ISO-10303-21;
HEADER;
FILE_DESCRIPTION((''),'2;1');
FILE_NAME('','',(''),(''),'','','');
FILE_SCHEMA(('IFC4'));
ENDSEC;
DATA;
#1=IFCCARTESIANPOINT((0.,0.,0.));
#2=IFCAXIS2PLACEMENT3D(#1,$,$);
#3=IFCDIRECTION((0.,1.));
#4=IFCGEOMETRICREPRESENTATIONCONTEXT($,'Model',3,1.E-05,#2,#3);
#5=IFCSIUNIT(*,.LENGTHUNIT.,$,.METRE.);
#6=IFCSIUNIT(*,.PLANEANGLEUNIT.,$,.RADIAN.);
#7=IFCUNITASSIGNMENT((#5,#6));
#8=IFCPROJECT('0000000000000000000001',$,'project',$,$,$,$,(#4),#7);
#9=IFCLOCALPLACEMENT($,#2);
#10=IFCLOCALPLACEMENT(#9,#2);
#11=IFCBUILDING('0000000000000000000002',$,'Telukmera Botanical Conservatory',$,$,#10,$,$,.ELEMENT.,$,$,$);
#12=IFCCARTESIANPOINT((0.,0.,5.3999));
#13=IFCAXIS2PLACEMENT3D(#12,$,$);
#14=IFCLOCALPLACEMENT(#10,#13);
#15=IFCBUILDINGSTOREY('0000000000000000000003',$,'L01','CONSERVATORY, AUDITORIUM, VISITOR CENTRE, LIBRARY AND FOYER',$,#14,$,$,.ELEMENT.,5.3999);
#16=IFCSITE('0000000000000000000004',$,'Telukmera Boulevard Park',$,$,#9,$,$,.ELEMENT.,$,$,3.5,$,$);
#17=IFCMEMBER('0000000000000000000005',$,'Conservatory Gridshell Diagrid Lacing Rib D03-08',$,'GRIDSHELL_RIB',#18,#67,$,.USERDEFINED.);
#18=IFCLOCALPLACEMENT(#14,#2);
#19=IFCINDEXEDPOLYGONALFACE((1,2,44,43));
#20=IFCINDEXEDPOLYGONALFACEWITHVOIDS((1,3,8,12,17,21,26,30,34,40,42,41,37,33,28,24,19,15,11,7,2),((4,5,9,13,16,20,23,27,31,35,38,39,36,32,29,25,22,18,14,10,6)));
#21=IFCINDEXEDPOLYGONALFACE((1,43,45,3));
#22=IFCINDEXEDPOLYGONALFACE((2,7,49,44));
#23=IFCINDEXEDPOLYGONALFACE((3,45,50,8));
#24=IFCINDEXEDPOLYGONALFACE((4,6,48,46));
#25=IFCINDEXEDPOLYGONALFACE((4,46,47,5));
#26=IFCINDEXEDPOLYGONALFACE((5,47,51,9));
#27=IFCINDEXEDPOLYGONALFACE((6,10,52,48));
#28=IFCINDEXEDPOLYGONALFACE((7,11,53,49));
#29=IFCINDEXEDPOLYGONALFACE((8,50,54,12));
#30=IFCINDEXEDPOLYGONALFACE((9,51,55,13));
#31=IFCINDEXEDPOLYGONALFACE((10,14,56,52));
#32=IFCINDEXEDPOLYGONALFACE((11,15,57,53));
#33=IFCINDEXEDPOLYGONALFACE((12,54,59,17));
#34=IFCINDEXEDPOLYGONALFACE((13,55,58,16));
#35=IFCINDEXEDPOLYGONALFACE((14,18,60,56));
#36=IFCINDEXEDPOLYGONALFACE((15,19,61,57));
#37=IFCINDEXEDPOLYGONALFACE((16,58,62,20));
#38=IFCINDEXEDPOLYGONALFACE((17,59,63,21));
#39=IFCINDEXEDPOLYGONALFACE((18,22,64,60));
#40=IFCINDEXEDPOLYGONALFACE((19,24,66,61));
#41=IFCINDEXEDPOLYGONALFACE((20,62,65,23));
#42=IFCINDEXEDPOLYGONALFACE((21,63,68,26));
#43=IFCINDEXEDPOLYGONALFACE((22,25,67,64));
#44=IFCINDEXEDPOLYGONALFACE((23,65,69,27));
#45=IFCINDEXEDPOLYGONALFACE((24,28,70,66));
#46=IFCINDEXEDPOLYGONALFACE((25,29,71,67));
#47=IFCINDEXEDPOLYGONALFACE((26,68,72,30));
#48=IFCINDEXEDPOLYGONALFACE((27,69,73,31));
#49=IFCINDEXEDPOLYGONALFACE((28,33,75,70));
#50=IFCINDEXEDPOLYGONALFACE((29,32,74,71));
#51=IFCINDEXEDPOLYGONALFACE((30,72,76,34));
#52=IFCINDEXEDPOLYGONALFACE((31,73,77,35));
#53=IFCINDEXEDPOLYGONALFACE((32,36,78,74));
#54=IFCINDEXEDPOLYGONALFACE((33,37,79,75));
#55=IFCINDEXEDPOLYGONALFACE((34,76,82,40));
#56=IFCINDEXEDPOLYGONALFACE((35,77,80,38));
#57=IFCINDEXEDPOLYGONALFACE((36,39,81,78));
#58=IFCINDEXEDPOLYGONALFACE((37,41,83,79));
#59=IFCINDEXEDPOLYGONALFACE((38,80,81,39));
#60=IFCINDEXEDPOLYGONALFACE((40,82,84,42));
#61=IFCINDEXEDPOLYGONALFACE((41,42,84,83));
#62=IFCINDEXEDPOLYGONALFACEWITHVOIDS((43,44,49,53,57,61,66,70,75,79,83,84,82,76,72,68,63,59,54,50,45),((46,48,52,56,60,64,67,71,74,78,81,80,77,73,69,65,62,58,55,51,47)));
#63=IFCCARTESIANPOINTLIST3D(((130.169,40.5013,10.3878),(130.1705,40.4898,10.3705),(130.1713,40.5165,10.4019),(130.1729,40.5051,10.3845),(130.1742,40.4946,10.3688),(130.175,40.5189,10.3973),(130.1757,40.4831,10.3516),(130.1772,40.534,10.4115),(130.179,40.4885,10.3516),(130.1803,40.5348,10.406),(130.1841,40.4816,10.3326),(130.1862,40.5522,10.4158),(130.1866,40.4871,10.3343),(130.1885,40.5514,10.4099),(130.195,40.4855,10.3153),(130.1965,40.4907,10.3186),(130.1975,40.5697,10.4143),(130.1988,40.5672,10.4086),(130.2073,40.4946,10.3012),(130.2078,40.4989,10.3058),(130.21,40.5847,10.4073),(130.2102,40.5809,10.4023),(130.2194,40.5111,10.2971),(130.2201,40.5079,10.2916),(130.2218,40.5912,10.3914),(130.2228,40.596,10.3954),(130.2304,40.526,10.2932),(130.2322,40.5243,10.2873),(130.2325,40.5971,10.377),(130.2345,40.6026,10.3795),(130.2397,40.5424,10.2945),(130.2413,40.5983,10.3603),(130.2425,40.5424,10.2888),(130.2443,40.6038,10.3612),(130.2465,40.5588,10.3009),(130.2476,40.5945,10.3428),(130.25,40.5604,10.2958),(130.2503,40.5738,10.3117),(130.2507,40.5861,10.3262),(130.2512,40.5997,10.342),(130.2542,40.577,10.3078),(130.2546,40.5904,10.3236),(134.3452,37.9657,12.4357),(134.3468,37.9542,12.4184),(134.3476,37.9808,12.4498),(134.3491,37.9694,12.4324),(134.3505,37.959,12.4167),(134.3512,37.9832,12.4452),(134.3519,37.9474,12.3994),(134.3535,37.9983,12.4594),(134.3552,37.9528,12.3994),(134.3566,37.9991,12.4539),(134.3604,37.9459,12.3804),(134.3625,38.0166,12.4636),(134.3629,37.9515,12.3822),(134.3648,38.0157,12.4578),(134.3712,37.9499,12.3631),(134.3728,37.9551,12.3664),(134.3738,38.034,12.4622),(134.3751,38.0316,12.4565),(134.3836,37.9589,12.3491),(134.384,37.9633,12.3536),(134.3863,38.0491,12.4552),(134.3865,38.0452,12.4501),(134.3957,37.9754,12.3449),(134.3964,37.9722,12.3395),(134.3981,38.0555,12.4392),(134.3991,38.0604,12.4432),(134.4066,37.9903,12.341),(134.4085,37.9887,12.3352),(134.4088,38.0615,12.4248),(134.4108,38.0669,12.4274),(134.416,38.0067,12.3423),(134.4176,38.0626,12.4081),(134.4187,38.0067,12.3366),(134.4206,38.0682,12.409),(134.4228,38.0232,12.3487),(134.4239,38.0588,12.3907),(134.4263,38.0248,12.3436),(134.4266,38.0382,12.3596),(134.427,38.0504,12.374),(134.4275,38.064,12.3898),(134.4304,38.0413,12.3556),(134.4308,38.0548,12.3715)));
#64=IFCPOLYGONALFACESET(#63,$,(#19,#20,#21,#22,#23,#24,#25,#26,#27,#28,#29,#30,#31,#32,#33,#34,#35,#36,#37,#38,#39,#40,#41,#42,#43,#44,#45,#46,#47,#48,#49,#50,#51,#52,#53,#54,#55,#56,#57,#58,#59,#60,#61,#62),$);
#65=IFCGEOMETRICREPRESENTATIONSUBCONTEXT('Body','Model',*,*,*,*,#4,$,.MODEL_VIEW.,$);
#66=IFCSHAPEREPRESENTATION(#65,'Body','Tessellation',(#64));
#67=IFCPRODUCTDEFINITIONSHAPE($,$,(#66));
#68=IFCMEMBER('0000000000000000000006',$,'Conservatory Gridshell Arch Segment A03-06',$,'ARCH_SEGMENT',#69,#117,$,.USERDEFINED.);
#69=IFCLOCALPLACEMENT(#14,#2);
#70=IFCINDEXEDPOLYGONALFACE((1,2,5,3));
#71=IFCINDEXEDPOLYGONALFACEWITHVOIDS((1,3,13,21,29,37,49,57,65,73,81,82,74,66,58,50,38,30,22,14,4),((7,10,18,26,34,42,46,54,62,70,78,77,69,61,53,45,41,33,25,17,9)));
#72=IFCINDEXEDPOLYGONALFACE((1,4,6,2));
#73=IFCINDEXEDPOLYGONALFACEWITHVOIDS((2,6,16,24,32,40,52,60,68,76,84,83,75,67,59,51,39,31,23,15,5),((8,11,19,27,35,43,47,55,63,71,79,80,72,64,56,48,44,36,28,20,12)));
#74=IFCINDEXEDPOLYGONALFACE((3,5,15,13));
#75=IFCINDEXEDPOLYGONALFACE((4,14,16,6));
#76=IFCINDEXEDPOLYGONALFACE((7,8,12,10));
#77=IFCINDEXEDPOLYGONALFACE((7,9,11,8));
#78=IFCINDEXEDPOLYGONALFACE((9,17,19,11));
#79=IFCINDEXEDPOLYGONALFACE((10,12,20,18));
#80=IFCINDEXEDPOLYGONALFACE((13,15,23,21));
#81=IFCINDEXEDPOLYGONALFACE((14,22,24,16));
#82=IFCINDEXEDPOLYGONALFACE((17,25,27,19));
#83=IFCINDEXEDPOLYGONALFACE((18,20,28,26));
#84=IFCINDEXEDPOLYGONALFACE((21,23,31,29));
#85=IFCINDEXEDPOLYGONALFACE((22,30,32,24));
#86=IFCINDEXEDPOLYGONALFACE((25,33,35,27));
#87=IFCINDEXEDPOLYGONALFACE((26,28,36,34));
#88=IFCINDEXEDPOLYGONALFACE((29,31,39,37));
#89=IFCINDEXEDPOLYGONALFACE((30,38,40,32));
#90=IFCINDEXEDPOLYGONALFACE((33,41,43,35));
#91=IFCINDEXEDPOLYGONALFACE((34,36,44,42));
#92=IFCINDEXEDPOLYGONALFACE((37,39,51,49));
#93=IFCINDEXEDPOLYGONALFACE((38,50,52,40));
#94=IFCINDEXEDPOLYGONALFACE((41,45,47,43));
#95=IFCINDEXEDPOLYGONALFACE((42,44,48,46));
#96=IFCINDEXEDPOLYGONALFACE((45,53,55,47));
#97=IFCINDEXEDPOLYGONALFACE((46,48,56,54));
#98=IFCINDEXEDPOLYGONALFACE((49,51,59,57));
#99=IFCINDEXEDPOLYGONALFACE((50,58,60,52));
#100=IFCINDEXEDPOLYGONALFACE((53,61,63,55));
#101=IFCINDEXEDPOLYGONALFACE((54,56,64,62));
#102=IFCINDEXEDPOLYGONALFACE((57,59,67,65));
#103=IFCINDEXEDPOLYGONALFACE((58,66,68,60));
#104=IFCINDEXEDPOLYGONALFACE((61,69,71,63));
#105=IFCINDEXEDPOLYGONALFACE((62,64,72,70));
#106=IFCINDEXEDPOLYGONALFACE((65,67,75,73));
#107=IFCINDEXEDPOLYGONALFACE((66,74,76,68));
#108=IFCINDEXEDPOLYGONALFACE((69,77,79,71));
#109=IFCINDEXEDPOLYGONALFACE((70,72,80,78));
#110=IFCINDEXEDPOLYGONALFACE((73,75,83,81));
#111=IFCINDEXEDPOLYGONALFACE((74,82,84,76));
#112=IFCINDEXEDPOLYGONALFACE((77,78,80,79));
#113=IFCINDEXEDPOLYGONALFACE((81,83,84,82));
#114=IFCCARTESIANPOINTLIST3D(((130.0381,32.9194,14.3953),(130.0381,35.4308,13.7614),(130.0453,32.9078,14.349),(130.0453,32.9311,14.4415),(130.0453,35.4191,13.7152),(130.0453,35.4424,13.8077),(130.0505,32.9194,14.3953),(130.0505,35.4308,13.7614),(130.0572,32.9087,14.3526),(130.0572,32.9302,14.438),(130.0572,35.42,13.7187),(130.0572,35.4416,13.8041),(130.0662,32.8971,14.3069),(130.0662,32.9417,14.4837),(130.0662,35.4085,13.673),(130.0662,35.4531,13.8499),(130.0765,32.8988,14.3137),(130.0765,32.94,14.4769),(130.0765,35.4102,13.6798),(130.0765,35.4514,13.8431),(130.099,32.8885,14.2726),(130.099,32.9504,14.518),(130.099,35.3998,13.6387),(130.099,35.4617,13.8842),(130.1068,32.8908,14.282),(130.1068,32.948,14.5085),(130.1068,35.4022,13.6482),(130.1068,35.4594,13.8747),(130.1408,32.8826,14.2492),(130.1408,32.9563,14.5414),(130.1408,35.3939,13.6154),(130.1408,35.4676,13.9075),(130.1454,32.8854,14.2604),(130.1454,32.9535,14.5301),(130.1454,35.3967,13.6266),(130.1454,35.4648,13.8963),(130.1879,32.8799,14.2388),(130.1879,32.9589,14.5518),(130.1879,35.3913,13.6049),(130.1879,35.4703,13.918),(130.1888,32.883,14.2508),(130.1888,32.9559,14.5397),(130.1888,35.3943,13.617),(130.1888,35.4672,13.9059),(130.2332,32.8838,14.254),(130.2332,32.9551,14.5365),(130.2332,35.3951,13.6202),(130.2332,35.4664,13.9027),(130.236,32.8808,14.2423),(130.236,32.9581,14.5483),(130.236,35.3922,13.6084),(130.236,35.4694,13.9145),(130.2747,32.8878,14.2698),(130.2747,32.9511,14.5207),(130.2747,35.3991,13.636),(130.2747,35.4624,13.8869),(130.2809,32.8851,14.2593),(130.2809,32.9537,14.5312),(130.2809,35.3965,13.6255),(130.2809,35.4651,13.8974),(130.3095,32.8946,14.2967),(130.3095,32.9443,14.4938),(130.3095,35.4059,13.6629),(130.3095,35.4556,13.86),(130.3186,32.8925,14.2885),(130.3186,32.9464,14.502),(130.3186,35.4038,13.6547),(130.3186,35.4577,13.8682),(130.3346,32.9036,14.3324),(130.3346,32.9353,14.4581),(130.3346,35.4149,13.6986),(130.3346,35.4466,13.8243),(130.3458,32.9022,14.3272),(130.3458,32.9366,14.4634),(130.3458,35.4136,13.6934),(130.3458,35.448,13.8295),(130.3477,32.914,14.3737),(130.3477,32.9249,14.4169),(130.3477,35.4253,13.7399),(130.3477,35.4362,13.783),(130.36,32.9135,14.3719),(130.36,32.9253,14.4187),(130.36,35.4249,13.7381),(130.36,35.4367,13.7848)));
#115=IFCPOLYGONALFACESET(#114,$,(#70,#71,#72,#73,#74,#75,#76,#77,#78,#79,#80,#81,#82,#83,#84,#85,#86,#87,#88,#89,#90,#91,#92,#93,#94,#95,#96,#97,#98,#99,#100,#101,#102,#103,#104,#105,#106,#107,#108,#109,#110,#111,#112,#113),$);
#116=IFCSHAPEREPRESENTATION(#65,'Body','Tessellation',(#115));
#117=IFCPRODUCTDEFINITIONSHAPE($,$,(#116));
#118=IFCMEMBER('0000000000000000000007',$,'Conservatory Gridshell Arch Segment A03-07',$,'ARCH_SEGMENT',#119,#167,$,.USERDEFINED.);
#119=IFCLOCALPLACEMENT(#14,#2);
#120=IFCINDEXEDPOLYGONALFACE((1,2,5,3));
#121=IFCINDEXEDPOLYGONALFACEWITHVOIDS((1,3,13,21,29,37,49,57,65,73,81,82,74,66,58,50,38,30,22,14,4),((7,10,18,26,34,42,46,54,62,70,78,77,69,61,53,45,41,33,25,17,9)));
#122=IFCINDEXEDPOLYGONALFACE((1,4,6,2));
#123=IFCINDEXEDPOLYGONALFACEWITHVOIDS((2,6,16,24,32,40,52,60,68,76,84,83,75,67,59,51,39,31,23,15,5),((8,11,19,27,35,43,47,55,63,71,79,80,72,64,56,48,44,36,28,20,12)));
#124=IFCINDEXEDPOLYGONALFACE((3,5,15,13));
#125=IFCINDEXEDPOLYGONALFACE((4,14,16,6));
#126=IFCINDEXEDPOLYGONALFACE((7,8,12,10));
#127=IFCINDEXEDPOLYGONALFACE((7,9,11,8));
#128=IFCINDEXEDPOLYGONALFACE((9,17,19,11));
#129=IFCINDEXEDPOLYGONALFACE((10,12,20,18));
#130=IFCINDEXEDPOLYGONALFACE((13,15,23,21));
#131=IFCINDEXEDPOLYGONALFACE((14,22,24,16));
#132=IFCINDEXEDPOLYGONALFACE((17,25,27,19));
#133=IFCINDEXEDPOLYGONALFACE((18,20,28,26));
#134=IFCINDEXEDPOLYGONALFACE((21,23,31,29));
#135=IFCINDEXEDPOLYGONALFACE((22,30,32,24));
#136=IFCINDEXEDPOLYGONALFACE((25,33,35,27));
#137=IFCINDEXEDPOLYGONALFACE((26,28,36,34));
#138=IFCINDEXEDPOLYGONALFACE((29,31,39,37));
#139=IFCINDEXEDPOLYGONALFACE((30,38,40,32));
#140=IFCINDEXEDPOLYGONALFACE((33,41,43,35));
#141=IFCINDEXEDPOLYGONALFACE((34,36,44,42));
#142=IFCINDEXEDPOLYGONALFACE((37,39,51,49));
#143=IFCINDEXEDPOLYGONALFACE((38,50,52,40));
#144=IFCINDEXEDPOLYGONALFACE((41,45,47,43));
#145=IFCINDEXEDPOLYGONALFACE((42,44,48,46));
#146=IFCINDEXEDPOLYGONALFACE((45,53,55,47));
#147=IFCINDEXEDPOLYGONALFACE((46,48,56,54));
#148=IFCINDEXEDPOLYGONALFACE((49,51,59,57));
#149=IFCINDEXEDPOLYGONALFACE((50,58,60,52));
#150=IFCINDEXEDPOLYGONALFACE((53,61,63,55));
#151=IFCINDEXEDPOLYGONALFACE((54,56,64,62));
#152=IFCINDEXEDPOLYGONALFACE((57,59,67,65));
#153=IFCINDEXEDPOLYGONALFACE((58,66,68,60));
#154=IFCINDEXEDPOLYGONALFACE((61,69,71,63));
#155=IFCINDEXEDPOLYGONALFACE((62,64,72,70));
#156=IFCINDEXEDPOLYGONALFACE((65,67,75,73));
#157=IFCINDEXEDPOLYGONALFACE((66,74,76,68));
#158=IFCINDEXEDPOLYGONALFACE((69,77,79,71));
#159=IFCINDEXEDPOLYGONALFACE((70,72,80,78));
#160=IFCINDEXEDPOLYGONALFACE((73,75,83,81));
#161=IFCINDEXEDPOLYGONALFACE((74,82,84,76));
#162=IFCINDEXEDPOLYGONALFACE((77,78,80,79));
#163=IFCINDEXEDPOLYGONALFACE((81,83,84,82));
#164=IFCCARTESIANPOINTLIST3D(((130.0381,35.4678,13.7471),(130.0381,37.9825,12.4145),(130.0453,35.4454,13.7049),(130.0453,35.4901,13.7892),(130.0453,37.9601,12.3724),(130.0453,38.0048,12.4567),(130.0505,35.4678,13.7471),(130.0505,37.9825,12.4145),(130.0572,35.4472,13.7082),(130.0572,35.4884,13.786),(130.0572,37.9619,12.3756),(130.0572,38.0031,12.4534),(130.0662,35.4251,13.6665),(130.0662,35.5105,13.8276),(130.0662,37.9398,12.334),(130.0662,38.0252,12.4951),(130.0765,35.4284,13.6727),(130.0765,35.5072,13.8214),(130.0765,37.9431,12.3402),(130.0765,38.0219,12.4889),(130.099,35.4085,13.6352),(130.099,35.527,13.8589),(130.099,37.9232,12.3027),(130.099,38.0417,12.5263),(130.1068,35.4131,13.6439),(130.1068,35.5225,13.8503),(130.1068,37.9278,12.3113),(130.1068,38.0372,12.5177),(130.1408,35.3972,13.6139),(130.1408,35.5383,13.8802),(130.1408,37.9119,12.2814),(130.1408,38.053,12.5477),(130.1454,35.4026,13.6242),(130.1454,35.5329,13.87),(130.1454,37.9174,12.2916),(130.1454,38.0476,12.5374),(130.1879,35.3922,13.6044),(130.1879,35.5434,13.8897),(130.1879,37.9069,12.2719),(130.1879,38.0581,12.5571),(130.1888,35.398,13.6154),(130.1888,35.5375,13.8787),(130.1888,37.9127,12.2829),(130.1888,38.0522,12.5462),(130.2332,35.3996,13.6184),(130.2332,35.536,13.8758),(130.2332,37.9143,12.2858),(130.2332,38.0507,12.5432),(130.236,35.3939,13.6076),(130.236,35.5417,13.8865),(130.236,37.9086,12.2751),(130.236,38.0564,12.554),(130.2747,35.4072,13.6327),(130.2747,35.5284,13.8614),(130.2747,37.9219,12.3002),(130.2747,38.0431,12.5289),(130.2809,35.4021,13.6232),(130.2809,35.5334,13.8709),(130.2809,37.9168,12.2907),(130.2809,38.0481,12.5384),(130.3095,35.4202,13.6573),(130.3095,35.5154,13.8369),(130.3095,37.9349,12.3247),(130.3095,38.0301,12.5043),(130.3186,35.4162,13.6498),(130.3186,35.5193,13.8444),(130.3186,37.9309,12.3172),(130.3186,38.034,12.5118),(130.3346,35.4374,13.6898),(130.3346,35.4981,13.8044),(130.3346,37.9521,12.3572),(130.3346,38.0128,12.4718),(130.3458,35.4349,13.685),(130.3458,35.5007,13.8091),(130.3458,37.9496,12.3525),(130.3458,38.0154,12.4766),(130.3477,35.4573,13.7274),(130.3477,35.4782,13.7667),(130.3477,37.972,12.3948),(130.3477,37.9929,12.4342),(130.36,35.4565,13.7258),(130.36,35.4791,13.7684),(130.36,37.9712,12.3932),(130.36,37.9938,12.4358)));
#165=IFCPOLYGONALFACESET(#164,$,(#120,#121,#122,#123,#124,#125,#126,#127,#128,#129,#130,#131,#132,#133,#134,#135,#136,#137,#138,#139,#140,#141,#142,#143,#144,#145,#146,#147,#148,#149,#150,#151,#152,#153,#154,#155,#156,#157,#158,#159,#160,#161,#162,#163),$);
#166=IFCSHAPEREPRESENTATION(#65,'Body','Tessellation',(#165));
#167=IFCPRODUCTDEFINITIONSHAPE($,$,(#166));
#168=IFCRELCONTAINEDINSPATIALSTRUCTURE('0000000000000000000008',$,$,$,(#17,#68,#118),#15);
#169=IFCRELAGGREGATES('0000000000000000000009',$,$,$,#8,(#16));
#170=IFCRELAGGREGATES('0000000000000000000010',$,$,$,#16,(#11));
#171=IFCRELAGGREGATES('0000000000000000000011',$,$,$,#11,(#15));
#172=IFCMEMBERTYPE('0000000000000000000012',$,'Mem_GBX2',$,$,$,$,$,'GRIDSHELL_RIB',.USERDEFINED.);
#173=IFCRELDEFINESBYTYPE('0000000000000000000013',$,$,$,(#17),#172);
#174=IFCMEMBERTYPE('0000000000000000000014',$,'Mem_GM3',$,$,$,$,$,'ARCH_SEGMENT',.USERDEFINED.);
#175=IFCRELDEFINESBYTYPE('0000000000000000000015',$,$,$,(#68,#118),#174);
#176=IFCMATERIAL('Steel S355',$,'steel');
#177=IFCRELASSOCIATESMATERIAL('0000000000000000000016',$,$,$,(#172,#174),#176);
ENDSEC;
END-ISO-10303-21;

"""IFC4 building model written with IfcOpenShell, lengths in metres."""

from ifc_helpers import new_model, si_unit, direction, frame, origin, origin_2d, place, context, subcontext, project, spatial, hollow_circle, extrude, material, material_profile, profile_set, type_object, element, save


model = new_model("IFC4")

# Units and contexts
model_context = context("Model", 3, precision=1e-05, world=origin(), true_north=direction((0.0, 1.0)))
body_context = subcontext(model_context, "Body", "Model", "MODEL_VIEW")
ifc_project = project(units=[si_unit("LENGTHUNIT", "METRE"), si_unit("PLANEANGLEUNIT", "RADIAN")], contexts=[model_context])

# Site, building, storey
site_placement = place(None, origin())
site = spatial("IfcSite", under=ifc_project, at=site_placement, Name="Telukmera Boulevard Park", CompositionType="ELEMENT", RefElevation=3.5)
building_placement = place(site_placement, origin())
building = spatial("IfcBuilding", under=site, at=building_placement, Name="Telukmera Botanical Conservatory", CompositionType="ELEMENT")
storey_placement = place(building_placement, frame((0.0, 0.0, 5.3999)))
storey = spatial("IfcBuildingStorey", under=building, at=storey_placement, Name="L01", Description="CONSERVATORY, AUDITORIUM, VISITOR CENTRE, LIBRARY AND FOYER", CompositionType="ELEMENT", Elevation=5.3999)

# Shared definitions
ifc_material_1 = material(Name="Steel S355", Category="steel")

# Members
ifc_material_profile_1 = material_profile(ifc_material_1, hollow_circle(Radius=0.0698, WallThickness=0.0063, at=origin_2d()), Name="CHS 139.7x6.3")
ifc_profile_set_1 = profile_set([ifc_material_profile_1], Name="Steel S355")
member_type_1 = type_object("IfcMemberType", Name="Mem_GBX2", ElementType="GRIDSHELL_RIB", PredefinedType="USERDEFINED", material=ifc_profile_set_1)
member_1_placement = place(storey_placement, frame((134.3882, 38.0071, 12.3994), z_axis=(-0.788334, 0.478642, -0.386563), x_axis=(-0.518986, -0.854783, 0.0)))
element("IfcMember", 1, at=member_1_placement, inside=storey, type_object=member_type_1, Name="Conservatory Gridshell Diagrid Lacing Rib D03-08", ObjectType="GRIDSHELL_RIB", PredefinedType="USERDEFINED", context=body_context, shape_type="SweptSolid", body=[
    extrude(hollow_circle(Radius=0.0698, WallThickness=0.0063, at=origin_2d()), origin(), (0.0, 0.0, 1.0), 5.2976),
])
ifc_material_profile_2 = material_profile(ifc_material_1, hollow_circle(Radius=0.1619, WallThickness=0.0125, at=origin_2d()), Name="CHS 323.9x12.5")
ifc_profile_set_2 = profile_set([ifc_material_profile_2], Name="Steel S355")
member_type_2 = type_object("IfcMemberType", Name="Mem_GM3", ElementType="ARCH_SEGMENT", PredefinedType="USERDEFINED", material=ifc_profile_set_2)
member_2_placement = place(storey_placement, frame((130.2, 32.9194, 14.3953), z_axis=(0.0, 0.969597, -0.244709), x_axis=(-1.0, 0.0, 0.0)))
element("IfcMember", 2, at=member_2_placement, inside=storey, type_object=member_type_2, Name="Conservatory Gridshell Arch Segment A03-06", ObjectType="ARCH_SEGMENT", PredefinedType="USERDEFINED", context=body_context, shape_type="SweptSolid", body=[
    extrude(hollow_circle(Radius=0.1619, WallThickness=0.0125, at=origin_2d()), origin(), (0.0, 0.0, 1.0), 2.5901),
])
member_3_placement = place(storey_placement, frame((130.2, 35.4678, 13.7471), z_axis=(0.0, 0.883608, -0.468227), x_axis=(-1.0, 0.0, 0.0)))
element("IfcMember", 3, at=member_3_placement, inside=storey, type_object=member_type_2, Name="Conservatory Gridshell Arch Segment A03-07", ObjectType="ARCH_SEGMENT", PredefinedType="USERDEFINED", context=body_context, shape_type="SweptSolid", body=[
    extrude(hollow_circle(Radius=0.1619, WallThickness=0.0125, at=origin_2d()), origin(), (0.0, 0.0, 1.0), 2.8459),
])

save(model, "model.ifc")
